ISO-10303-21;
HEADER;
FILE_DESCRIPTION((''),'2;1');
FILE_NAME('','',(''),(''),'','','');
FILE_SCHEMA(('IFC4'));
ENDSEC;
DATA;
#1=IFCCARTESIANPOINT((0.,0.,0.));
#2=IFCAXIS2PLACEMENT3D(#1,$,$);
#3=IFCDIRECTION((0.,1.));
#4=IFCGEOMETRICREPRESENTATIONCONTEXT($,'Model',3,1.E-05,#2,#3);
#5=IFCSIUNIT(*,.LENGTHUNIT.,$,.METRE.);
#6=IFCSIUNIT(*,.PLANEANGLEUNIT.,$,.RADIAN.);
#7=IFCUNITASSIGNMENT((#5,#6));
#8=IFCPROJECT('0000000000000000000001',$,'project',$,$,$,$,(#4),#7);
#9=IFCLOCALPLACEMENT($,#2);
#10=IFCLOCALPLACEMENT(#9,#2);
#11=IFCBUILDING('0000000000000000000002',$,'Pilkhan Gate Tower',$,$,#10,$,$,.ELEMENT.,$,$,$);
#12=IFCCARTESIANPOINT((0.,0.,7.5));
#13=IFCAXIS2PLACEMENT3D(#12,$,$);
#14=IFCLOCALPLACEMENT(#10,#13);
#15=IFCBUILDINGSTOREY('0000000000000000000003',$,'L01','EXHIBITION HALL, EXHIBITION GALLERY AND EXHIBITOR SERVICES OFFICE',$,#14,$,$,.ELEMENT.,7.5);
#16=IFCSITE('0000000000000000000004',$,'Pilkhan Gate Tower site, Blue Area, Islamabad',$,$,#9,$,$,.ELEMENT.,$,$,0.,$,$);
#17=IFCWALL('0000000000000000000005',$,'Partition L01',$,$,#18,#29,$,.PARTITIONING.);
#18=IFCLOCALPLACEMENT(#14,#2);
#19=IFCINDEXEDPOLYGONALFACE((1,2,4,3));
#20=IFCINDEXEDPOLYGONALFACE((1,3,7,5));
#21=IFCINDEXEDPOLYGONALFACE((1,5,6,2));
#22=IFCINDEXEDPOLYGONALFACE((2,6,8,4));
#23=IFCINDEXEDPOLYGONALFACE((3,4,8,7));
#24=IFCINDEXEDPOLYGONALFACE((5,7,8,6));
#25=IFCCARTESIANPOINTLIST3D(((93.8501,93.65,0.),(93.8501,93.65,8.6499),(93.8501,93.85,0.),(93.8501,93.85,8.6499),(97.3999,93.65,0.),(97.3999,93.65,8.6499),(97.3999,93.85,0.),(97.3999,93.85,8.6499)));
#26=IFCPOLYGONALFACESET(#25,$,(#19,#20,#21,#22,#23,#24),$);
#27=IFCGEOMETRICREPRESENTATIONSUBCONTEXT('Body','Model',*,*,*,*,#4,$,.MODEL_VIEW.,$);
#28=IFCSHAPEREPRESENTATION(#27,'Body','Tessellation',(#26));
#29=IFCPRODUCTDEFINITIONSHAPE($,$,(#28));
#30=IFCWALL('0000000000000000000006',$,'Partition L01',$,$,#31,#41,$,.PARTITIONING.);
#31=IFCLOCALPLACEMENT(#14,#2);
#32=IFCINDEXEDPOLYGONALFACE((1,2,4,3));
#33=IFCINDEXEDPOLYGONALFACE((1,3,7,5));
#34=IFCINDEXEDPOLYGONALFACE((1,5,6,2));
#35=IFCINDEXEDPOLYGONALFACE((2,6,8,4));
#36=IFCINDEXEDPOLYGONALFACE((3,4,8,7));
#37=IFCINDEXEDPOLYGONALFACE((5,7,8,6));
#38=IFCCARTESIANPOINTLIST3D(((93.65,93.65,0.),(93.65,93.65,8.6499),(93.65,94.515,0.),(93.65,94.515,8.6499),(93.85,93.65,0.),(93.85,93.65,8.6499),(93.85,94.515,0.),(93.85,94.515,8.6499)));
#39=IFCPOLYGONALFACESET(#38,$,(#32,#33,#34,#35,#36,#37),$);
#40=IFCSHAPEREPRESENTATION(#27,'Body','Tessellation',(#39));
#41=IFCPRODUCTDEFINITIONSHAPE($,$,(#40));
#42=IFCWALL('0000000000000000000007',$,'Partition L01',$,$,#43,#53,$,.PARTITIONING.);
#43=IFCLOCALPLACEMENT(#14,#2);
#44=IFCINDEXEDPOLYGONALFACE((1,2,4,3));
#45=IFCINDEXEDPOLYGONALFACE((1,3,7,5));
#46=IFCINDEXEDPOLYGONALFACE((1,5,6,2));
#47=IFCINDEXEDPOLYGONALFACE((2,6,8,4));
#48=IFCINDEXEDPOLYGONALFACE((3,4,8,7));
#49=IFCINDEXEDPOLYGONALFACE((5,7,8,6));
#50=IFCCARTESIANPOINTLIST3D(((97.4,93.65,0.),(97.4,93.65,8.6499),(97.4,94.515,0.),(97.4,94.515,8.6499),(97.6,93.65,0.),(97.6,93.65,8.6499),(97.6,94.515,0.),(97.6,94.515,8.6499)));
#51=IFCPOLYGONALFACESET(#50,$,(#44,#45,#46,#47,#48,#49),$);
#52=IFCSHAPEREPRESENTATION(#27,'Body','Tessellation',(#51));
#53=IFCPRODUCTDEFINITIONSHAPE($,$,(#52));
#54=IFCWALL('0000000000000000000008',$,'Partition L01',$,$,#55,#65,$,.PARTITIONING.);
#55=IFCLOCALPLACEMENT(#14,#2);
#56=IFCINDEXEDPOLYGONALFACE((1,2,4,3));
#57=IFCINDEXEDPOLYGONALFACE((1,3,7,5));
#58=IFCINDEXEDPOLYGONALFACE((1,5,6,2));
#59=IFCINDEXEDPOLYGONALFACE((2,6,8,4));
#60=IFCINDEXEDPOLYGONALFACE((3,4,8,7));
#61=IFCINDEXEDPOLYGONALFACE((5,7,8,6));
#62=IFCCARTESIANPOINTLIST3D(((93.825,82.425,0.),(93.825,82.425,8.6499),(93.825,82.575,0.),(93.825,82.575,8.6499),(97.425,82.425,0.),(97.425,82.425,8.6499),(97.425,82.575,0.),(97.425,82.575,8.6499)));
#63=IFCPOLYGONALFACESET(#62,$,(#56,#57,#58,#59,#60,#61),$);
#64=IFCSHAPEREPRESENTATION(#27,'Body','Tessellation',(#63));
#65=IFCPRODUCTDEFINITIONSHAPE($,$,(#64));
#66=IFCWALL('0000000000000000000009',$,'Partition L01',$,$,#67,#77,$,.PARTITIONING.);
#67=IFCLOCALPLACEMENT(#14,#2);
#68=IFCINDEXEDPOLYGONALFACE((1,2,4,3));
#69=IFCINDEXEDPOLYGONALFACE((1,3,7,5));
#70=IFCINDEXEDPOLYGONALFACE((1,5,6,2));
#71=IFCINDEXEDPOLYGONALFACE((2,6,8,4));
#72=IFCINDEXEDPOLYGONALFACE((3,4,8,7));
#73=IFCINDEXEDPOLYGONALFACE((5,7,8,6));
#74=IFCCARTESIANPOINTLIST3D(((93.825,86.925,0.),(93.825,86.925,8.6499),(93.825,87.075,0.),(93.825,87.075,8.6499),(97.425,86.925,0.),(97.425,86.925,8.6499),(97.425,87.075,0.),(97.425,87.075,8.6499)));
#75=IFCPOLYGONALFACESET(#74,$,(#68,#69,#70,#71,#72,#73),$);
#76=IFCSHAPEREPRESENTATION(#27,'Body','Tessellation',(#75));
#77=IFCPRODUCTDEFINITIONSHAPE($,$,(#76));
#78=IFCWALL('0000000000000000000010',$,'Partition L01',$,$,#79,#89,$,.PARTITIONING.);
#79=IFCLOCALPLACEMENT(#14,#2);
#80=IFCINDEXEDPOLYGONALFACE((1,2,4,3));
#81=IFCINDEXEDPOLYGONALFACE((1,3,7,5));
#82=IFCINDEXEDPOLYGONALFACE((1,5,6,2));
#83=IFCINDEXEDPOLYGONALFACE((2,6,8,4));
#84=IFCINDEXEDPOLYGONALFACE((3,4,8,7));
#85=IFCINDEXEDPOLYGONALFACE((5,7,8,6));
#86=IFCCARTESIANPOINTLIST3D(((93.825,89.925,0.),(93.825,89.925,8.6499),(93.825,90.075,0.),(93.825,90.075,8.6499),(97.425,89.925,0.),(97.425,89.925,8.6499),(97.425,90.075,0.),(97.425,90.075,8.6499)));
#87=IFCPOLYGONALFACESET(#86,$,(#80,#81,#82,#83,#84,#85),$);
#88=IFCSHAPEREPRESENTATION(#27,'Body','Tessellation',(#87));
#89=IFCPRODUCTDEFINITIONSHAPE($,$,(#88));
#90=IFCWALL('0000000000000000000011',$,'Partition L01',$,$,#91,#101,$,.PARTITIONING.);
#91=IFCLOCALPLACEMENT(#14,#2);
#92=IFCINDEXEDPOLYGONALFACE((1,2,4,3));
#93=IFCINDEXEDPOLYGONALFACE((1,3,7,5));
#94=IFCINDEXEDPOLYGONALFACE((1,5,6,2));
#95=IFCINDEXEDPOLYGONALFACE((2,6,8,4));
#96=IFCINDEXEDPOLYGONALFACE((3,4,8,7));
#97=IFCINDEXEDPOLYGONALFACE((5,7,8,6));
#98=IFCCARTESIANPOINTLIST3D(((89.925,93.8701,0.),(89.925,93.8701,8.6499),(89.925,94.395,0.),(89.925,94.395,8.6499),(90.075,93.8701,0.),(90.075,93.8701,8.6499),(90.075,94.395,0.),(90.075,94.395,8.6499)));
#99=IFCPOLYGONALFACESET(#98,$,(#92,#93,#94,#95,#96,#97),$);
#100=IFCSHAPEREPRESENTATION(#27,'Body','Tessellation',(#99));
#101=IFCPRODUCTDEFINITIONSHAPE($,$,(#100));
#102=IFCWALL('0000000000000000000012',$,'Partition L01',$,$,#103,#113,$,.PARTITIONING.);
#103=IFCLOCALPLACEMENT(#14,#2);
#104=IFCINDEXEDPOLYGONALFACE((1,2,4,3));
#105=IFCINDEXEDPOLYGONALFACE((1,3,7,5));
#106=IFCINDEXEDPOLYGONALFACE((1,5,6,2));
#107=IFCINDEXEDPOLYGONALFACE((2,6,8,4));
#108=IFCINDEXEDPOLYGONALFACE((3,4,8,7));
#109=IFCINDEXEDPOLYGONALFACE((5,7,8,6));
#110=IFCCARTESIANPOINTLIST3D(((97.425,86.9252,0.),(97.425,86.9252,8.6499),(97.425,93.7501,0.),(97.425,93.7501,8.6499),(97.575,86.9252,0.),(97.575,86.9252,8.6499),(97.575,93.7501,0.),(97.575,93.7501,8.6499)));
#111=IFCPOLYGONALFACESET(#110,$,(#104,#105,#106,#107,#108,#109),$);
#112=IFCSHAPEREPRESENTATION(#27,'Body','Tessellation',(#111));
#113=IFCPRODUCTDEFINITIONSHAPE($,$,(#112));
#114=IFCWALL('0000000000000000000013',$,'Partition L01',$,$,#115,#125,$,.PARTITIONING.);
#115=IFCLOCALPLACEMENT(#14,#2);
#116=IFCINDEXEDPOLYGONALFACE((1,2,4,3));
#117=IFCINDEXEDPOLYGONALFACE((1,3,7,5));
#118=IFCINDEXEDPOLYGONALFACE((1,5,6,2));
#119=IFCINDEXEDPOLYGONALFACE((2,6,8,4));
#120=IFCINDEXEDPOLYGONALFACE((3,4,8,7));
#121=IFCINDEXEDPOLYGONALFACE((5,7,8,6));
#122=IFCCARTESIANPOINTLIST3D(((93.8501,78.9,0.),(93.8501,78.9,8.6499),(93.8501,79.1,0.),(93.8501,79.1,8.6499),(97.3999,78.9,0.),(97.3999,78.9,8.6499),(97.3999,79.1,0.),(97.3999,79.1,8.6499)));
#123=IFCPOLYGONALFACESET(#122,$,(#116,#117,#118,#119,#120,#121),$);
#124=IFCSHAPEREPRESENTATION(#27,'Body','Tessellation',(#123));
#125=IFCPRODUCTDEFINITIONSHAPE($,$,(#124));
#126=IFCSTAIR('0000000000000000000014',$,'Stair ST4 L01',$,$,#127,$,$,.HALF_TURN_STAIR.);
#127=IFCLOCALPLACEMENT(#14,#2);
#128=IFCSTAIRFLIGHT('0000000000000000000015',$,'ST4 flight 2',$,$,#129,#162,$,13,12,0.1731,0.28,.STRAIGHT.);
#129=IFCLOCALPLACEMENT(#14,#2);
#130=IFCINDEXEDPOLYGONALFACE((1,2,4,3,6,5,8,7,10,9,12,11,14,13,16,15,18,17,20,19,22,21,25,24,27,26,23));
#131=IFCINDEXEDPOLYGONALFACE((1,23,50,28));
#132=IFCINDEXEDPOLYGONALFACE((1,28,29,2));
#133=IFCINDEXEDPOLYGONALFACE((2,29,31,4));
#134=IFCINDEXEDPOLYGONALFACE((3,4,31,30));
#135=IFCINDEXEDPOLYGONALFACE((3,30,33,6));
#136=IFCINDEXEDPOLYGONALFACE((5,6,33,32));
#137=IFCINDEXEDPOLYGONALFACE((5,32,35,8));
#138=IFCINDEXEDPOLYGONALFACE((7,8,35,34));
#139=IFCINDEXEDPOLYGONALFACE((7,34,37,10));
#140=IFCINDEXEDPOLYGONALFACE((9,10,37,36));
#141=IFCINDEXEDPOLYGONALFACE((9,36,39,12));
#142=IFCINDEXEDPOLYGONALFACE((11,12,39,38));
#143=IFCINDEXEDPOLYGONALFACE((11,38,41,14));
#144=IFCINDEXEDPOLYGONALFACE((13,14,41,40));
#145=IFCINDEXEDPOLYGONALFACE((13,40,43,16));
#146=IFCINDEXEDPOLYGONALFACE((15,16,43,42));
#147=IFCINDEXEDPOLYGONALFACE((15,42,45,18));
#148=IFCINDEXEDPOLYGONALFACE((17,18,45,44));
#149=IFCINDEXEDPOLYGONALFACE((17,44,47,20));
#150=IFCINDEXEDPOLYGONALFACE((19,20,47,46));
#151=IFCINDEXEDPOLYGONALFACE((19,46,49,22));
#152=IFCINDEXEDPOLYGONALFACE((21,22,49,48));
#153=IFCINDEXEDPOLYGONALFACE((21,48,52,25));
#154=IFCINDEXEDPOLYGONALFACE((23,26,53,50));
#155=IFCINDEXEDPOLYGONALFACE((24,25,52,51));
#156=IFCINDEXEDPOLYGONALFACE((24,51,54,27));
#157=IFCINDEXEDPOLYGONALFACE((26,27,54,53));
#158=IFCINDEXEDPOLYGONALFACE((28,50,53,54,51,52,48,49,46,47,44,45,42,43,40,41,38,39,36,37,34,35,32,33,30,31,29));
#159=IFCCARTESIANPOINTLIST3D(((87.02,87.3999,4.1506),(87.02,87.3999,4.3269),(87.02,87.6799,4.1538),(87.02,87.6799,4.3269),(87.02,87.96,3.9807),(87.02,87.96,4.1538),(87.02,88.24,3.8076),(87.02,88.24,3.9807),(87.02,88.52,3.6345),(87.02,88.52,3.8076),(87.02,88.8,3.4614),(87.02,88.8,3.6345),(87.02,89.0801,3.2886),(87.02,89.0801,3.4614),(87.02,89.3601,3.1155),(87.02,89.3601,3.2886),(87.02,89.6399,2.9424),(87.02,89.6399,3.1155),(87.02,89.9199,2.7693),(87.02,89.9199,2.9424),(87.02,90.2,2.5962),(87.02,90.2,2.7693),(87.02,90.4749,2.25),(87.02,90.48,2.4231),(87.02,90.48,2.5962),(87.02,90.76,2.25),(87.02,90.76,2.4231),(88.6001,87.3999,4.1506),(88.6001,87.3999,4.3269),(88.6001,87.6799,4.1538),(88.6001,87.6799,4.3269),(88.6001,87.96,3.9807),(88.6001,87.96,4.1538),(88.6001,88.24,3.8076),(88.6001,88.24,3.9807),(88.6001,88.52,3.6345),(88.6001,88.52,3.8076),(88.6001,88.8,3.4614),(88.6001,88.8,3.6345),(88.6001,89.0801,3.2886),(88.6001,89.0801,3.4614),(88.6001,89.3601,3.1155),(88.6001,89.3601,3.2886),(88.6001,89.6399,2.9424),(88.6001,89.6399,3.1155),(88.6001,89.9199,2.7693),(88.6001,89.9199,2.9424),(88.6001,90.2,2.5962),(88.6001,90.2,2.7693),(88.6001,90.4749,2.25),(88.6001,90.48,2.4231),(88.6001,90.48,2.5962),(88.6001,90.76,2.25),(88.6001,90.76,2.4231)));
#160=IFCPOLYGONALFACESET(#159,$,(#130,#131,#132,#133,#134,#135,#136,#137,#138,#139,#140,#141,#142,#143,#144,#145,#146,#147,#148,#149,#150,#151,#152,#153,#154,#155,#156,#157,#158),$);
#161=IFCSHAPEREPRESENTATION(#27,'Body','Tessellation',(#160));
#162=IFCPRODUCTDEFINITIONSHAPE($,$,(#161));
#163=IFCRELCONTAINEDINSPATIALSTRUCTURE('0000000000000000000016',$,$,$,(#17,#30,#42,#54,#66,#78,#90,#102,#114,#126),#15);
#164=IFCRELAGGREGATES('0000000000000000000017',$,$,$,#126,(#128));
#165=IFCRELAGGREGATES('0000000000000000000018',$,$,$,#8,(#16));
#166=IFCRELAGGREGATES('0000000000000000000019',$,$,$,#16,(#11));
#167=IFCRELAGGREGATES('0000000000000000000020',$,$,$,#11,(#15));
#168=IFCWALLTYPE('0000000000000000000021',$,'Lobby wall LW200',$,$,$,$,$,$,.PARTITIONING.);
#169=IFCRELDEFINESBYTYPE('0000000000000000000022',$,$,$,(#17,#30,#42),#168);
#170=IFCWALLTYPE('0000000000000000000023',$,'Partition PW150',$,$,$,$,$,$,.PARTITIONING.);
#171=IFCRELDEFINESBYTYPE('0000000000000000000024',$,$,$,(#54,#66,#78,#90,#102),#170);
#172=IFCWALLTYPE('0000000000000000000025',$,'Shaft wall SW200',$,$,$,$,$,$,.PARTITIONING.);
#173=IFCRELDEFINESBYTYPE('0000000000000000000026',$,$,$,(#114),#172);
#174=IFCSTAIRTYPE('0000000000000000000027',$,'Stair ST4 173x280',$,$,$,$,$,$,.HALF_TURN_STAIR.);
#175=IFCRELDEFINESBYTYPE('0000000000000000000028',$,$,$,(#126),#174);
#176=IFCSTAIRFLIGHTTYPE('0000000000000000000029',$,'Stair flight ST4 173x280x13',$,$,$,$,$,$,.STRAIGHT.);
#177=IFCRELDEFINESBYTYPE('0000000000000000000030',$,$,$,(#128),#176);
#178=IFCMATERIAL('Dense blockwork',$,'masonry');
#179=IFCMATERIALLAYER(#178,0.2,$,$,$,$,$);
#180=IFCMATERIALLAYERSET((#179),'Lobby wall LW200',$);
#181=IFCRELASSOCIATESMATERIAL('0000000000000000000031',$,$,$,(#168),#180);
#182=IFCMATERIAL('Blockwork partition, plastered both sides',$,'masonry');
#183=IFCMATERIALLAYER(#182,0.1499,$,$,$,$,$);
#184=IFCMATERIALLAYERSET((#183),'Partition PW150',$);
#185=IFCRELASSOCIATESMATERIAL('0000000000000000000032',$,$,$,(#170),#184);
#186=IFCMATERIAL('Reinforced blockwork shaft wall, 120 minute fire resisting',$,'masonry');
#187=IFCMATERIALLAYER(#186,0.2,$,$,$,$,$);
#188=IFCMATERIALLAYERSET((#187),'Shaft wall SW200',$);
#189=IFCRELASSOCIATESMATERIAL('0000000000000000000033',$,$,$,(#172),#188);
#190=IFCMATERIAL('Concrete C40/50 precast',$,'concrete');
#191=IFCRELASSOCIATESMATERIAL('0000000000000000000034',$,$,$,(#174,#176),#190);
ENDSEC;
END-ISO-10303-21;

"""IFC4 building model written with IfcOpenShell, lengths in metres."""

from ifc_helpers import new_model, si_unit, direction, frame, frame_2d, origin, place, context, subcontext, project, spatial, polyline, rectangle, outline, extrude, material, layer, layer_set, type_object, element, aggregate, save


model = new_model("IFC4")

# Units and contexts
model_context = context("Model", 3, precision=1e-05, world=origin(), true_north=direction((0.0, 1.0)))
body_context = subcontext(model_context, "Body", "Model", "MODEL_VIEW")
ifc_project = project(units=[si_unit("LENGTHUNIT", "METRE"), si_unit("PLANEANGLEUNIT", "RADIAN")], contexts=[model_context])

# Site, building, storey
site_placement = place(None, origin())
site = spatial("IfcSite", under=ifc_project, at=site_placement, Name="Pilkhan Gate Tower site, Blue Area, Islamabad", CompositionType="ELEMENT", RefElevation=0.0)
building_placement = place(site_placement, origin())
building = spatial("IfcBuilding", under=site, at=building_placement, Name="Pilkhan Gate Tower", CompositionType="ELEMENT")
storey_placement = place(building_placement, frame((0.0, 0.0, 7.5)))
storey = spatial("IfcBuildingStorey", under=building, at=storey_placement, Name="L01", Description="EXHIBITION HALL, EXHIBITION GALLERY AND EXHIBITOR SERVICES OFFICE", CompositionType="ELEMENT", Elevation=7.5)

# Walls
ifc_material_1 = material(Name="Dense blockwork", Category="masonry")
ifc_layer_1 = layer(ifc_material_1, 0.2)
ifc_layer_set_1 = layer_set([ifc_layer_1], Name="Lobby wall LW200")
wall_type_1 = type_object("IfcWallType", Name="Lobby wall LW200", PredefinedType="PARTITIONING", material=ifc_layer_set_1)
wall_1_placement = place(storey_placement, frame((93.8501, 93.75, 0.0), z_axis=(0.0, 0.0, 1.0), x_axis=(1.0, 0.0, 0.0)))
element("IfcWall", 1, at=wall_1_placement, inside=storey, type_object=wall_type_1, Name="Partition L01", PredefinedType="PARTITIONING", context=body_context, shape_type="SweptSolid", body=[
    extrude(rectangle(XDim=3.5498, YDim=0.2, at=frame_2d((1.7749, 0.0))), origin(), (0.0, 0.0, 1.0), 8.6499),
])
for number, where, z_axis, x_axis, name in (
    (2, (93.75, 93.6499, 0.0), (0.0, 0.0, 1.0), (0.0, 1.0, 0.0), "Partition L01"),
    (3, (97.5, 93.6499, 0.0), (0.0, 0.0, 1.0), (0.0, 1.0, 0.0), "Partition L01"),
):
    element("IfcWall", number, at=place(storey_placement, frame(where, z_axis=z_axis, x_axis=x_axis)), inside=storey, type_object=wall_type_1, Name=name, PredefinedType="PARTITIONING", context=body_context, shape_type="SweptSolid", body=[
        extrude(rectangle(XDim=0.865, YDim=0.2, at=frame_2d((0.4326, 0.0))), origin(), (0.0, 0.0, 1.0), 8.6499),
    ])
ifc_material_2 = material(Name="Blockwork partition, plastered both sides", Category="masonry")
ifc_layer_2 = layer(ifc_material_2, 0.1499)
ifc_layer_set_2 = layer_set([ifc_layer_2], Name="Partition PW150")
wall_type_2 = type_object("IfcWallType", Name="Partition PW150", PredefinedType="PARTITIONING", material=ifc_layer_set_2)
for number, where, z_axis, x_axis, name in (
    (4, (93.825, 82.5, 0.0), (0.0, 0.0, 1.0), (1.0, 0.0, 0.0), "Partition L01"),
    (5, (93.825, 87.0, 0.0), (0.0, 0.0, 1.0), (1.0, 0.0, 0.0), "Partition L01"),
    (6, (93.825, 90.0, 0.0), (0.0, 0.0, 1.0), (1.0, 0.0, 0.0), "Partition L01"),
):
    element("IfcWall", number, at=place(storey_placement, frame(where, z_axis=z_axis, x_axis=x_axis)), inside=storey, type_object=wall_type_2, Name=name, PredefinedType="PARTITIONING", context=body_context, shape_type="SweptSolid", body=[
        extrude(rectangle(XDim=3.6001, YDim=0.1499, at=frame_2d((1.8, 0.0))), origin(), (0.0, 0.0, 1.0), 8.6499),
    ])
wall_2_placement = place(storey_placement, frame((90.0, 93.8701, 0.0), z_axis=(0.0, 0.0, 1.0), x_axis=(0.0, 1.0, 0.0)))
element("IfcWall", 7, at=wall_2_placement, inside=storey, type_object=wall_type_2, Name="Partition L01", PredefinedType="PARTITIONING", context=body_context, shape_type="SweptSolid", body=[
    extrude(rectangle(XDim=0.5249, YDim=0.1499, at=frame_2d((0.2625, 0.0))), origin(), (0.0, 0.0, 1.0), 8.6499),
])
wall_3_placement = place(storey_placement, frame((97.5, 86.925, 0.0), z_axis=(0.0, 0.0, 1.0), x_axis=(0.0, 1.0, 0.0)))
element("IfcWall", 8, at=wall_3_placement, inside=storey, type_object=wall_type_2, Name="Partition L01", PredefinedType="PARTITIONING", context=body_context, shape_type="SweptSolid", body=[
    extrude(rectangle(XDim=6.825, YDim=0.1499, at=frame_2d((3.4126, 0.0))), origin(), (0.0, 0.0, 1.0), 8.6499),
])
ifc_material_3 = material(Name="Reinforced blockwork shaft wall, 120 minute fire resisting", Category="masonry")
ifc_layer_3 = layer(ifc_material_3, 0.2)
ifc_layer_set_3 = layer_set([ifc_layer_3], Name="Shaft wall SW200")
wall_type_3 = type_object("IfcWallType", Name="Shaft wall SW200", PredefinedType="PARTITIONING", material=ifc_layer_set_3)
wall_4_placement = place(storey_placement, frame((93.8501, 79.0, 0.0), z_axis=(0.0, 0.0, 1.0), x_axis=(1.0, 0.0, 0.0)))
element("IfcWall", 9, at=wall_4_placement, inside=storey, type_object=wall_type_3, Name="Partition L01", PredefinedType="PARTITIONING", context=body_context, shape_type="SweptSolid", body=[
    extrude(rectangle(XDim=3.5498, YDim=0.2, at=frame_2d((1.7749, 0.0))), origin(), (0.0, 0.0, 1.0), 8.6499),
])

# Stair, stair flight
ifc_material_4 = material(Name="Concrete C40/50 precast", Category="concrete")
stair_type = type_object("IfcStairType", Name="Stair ST4 173x280", PredefinedType="HALF_TURN_STAIR", material=ifc_material_4)
stair_placement = place(storey_placement, origin())
stair = element("IfcStair", 10, at=stair_placement, inside=storey, type_object=stair_type, Name="Stair ST4 L01", PredefinedType="HALF_TURN_STAIR")
stair_flight_type = type_object("IfcStairFlightType", Name="Stair flight ST4 173x280x13", PredefinedType="STRAIGHT", material=ifc_material_4)
stair_flight_1_placement = place(storey_placement, frame((87.8101, 90.76, 2.25), z_axis=(0.0, 0.0, 1.0), x_axis=(0.0, -1.0, 0.0)))
stair_flight_1 = element("IfcStairFlight", 11, at=stair_flight_1_placement, type_object=stair_flight_type, Name="ST4 flight 2", NumberOfRisers=13, NumberOfTreads=12, PredefinedType="STRAIGHT", RiserHeight=0.1731, TreadLength=0.28, context=body_context, shape_type="SweptSolid", body=[
    extrude(outline(polyline([(0.0, 0.0), (0.0, 0.1731), (0.28, 0.1731), (0.28, 0.3462), (0.5601, 0.3462), (0.5601, 0.5193), (0.8401, 0.5193), (0.8401, 0.6924), (1.1201, 0.6924), (1.1201, 0.8655), (1.3999, 0.8655), (1.3999, 1.0386), (1.6799, 1.0386), (1.6799, 1.2114), (1.96, 1.2114), (1.96, 1.3845), (2.24, 1.3845), (2.24, 1.5576), (2.52, 1.5576), (2.52, 1.7307), (2.8, 1.7307), (2.8, 1.9038), (3.0801, 1.9038), (3.0801, 2.0769), (3.3601, 2.0769), (3.3601, 2.25), (3.3601, 1.9006), (0.2852, 0.0), (0.0, 0.0)])), frame((0.0, 0.79, 0.0), z_axis=(0.0, -1.0, 0.0), x_axis=(1.0, 0.0, 0.0)), (0.0, 0.0, 1.0), 1.5801),
])
aggregate(stair, [stair_flight_1])

save(model, "model.ifc")
